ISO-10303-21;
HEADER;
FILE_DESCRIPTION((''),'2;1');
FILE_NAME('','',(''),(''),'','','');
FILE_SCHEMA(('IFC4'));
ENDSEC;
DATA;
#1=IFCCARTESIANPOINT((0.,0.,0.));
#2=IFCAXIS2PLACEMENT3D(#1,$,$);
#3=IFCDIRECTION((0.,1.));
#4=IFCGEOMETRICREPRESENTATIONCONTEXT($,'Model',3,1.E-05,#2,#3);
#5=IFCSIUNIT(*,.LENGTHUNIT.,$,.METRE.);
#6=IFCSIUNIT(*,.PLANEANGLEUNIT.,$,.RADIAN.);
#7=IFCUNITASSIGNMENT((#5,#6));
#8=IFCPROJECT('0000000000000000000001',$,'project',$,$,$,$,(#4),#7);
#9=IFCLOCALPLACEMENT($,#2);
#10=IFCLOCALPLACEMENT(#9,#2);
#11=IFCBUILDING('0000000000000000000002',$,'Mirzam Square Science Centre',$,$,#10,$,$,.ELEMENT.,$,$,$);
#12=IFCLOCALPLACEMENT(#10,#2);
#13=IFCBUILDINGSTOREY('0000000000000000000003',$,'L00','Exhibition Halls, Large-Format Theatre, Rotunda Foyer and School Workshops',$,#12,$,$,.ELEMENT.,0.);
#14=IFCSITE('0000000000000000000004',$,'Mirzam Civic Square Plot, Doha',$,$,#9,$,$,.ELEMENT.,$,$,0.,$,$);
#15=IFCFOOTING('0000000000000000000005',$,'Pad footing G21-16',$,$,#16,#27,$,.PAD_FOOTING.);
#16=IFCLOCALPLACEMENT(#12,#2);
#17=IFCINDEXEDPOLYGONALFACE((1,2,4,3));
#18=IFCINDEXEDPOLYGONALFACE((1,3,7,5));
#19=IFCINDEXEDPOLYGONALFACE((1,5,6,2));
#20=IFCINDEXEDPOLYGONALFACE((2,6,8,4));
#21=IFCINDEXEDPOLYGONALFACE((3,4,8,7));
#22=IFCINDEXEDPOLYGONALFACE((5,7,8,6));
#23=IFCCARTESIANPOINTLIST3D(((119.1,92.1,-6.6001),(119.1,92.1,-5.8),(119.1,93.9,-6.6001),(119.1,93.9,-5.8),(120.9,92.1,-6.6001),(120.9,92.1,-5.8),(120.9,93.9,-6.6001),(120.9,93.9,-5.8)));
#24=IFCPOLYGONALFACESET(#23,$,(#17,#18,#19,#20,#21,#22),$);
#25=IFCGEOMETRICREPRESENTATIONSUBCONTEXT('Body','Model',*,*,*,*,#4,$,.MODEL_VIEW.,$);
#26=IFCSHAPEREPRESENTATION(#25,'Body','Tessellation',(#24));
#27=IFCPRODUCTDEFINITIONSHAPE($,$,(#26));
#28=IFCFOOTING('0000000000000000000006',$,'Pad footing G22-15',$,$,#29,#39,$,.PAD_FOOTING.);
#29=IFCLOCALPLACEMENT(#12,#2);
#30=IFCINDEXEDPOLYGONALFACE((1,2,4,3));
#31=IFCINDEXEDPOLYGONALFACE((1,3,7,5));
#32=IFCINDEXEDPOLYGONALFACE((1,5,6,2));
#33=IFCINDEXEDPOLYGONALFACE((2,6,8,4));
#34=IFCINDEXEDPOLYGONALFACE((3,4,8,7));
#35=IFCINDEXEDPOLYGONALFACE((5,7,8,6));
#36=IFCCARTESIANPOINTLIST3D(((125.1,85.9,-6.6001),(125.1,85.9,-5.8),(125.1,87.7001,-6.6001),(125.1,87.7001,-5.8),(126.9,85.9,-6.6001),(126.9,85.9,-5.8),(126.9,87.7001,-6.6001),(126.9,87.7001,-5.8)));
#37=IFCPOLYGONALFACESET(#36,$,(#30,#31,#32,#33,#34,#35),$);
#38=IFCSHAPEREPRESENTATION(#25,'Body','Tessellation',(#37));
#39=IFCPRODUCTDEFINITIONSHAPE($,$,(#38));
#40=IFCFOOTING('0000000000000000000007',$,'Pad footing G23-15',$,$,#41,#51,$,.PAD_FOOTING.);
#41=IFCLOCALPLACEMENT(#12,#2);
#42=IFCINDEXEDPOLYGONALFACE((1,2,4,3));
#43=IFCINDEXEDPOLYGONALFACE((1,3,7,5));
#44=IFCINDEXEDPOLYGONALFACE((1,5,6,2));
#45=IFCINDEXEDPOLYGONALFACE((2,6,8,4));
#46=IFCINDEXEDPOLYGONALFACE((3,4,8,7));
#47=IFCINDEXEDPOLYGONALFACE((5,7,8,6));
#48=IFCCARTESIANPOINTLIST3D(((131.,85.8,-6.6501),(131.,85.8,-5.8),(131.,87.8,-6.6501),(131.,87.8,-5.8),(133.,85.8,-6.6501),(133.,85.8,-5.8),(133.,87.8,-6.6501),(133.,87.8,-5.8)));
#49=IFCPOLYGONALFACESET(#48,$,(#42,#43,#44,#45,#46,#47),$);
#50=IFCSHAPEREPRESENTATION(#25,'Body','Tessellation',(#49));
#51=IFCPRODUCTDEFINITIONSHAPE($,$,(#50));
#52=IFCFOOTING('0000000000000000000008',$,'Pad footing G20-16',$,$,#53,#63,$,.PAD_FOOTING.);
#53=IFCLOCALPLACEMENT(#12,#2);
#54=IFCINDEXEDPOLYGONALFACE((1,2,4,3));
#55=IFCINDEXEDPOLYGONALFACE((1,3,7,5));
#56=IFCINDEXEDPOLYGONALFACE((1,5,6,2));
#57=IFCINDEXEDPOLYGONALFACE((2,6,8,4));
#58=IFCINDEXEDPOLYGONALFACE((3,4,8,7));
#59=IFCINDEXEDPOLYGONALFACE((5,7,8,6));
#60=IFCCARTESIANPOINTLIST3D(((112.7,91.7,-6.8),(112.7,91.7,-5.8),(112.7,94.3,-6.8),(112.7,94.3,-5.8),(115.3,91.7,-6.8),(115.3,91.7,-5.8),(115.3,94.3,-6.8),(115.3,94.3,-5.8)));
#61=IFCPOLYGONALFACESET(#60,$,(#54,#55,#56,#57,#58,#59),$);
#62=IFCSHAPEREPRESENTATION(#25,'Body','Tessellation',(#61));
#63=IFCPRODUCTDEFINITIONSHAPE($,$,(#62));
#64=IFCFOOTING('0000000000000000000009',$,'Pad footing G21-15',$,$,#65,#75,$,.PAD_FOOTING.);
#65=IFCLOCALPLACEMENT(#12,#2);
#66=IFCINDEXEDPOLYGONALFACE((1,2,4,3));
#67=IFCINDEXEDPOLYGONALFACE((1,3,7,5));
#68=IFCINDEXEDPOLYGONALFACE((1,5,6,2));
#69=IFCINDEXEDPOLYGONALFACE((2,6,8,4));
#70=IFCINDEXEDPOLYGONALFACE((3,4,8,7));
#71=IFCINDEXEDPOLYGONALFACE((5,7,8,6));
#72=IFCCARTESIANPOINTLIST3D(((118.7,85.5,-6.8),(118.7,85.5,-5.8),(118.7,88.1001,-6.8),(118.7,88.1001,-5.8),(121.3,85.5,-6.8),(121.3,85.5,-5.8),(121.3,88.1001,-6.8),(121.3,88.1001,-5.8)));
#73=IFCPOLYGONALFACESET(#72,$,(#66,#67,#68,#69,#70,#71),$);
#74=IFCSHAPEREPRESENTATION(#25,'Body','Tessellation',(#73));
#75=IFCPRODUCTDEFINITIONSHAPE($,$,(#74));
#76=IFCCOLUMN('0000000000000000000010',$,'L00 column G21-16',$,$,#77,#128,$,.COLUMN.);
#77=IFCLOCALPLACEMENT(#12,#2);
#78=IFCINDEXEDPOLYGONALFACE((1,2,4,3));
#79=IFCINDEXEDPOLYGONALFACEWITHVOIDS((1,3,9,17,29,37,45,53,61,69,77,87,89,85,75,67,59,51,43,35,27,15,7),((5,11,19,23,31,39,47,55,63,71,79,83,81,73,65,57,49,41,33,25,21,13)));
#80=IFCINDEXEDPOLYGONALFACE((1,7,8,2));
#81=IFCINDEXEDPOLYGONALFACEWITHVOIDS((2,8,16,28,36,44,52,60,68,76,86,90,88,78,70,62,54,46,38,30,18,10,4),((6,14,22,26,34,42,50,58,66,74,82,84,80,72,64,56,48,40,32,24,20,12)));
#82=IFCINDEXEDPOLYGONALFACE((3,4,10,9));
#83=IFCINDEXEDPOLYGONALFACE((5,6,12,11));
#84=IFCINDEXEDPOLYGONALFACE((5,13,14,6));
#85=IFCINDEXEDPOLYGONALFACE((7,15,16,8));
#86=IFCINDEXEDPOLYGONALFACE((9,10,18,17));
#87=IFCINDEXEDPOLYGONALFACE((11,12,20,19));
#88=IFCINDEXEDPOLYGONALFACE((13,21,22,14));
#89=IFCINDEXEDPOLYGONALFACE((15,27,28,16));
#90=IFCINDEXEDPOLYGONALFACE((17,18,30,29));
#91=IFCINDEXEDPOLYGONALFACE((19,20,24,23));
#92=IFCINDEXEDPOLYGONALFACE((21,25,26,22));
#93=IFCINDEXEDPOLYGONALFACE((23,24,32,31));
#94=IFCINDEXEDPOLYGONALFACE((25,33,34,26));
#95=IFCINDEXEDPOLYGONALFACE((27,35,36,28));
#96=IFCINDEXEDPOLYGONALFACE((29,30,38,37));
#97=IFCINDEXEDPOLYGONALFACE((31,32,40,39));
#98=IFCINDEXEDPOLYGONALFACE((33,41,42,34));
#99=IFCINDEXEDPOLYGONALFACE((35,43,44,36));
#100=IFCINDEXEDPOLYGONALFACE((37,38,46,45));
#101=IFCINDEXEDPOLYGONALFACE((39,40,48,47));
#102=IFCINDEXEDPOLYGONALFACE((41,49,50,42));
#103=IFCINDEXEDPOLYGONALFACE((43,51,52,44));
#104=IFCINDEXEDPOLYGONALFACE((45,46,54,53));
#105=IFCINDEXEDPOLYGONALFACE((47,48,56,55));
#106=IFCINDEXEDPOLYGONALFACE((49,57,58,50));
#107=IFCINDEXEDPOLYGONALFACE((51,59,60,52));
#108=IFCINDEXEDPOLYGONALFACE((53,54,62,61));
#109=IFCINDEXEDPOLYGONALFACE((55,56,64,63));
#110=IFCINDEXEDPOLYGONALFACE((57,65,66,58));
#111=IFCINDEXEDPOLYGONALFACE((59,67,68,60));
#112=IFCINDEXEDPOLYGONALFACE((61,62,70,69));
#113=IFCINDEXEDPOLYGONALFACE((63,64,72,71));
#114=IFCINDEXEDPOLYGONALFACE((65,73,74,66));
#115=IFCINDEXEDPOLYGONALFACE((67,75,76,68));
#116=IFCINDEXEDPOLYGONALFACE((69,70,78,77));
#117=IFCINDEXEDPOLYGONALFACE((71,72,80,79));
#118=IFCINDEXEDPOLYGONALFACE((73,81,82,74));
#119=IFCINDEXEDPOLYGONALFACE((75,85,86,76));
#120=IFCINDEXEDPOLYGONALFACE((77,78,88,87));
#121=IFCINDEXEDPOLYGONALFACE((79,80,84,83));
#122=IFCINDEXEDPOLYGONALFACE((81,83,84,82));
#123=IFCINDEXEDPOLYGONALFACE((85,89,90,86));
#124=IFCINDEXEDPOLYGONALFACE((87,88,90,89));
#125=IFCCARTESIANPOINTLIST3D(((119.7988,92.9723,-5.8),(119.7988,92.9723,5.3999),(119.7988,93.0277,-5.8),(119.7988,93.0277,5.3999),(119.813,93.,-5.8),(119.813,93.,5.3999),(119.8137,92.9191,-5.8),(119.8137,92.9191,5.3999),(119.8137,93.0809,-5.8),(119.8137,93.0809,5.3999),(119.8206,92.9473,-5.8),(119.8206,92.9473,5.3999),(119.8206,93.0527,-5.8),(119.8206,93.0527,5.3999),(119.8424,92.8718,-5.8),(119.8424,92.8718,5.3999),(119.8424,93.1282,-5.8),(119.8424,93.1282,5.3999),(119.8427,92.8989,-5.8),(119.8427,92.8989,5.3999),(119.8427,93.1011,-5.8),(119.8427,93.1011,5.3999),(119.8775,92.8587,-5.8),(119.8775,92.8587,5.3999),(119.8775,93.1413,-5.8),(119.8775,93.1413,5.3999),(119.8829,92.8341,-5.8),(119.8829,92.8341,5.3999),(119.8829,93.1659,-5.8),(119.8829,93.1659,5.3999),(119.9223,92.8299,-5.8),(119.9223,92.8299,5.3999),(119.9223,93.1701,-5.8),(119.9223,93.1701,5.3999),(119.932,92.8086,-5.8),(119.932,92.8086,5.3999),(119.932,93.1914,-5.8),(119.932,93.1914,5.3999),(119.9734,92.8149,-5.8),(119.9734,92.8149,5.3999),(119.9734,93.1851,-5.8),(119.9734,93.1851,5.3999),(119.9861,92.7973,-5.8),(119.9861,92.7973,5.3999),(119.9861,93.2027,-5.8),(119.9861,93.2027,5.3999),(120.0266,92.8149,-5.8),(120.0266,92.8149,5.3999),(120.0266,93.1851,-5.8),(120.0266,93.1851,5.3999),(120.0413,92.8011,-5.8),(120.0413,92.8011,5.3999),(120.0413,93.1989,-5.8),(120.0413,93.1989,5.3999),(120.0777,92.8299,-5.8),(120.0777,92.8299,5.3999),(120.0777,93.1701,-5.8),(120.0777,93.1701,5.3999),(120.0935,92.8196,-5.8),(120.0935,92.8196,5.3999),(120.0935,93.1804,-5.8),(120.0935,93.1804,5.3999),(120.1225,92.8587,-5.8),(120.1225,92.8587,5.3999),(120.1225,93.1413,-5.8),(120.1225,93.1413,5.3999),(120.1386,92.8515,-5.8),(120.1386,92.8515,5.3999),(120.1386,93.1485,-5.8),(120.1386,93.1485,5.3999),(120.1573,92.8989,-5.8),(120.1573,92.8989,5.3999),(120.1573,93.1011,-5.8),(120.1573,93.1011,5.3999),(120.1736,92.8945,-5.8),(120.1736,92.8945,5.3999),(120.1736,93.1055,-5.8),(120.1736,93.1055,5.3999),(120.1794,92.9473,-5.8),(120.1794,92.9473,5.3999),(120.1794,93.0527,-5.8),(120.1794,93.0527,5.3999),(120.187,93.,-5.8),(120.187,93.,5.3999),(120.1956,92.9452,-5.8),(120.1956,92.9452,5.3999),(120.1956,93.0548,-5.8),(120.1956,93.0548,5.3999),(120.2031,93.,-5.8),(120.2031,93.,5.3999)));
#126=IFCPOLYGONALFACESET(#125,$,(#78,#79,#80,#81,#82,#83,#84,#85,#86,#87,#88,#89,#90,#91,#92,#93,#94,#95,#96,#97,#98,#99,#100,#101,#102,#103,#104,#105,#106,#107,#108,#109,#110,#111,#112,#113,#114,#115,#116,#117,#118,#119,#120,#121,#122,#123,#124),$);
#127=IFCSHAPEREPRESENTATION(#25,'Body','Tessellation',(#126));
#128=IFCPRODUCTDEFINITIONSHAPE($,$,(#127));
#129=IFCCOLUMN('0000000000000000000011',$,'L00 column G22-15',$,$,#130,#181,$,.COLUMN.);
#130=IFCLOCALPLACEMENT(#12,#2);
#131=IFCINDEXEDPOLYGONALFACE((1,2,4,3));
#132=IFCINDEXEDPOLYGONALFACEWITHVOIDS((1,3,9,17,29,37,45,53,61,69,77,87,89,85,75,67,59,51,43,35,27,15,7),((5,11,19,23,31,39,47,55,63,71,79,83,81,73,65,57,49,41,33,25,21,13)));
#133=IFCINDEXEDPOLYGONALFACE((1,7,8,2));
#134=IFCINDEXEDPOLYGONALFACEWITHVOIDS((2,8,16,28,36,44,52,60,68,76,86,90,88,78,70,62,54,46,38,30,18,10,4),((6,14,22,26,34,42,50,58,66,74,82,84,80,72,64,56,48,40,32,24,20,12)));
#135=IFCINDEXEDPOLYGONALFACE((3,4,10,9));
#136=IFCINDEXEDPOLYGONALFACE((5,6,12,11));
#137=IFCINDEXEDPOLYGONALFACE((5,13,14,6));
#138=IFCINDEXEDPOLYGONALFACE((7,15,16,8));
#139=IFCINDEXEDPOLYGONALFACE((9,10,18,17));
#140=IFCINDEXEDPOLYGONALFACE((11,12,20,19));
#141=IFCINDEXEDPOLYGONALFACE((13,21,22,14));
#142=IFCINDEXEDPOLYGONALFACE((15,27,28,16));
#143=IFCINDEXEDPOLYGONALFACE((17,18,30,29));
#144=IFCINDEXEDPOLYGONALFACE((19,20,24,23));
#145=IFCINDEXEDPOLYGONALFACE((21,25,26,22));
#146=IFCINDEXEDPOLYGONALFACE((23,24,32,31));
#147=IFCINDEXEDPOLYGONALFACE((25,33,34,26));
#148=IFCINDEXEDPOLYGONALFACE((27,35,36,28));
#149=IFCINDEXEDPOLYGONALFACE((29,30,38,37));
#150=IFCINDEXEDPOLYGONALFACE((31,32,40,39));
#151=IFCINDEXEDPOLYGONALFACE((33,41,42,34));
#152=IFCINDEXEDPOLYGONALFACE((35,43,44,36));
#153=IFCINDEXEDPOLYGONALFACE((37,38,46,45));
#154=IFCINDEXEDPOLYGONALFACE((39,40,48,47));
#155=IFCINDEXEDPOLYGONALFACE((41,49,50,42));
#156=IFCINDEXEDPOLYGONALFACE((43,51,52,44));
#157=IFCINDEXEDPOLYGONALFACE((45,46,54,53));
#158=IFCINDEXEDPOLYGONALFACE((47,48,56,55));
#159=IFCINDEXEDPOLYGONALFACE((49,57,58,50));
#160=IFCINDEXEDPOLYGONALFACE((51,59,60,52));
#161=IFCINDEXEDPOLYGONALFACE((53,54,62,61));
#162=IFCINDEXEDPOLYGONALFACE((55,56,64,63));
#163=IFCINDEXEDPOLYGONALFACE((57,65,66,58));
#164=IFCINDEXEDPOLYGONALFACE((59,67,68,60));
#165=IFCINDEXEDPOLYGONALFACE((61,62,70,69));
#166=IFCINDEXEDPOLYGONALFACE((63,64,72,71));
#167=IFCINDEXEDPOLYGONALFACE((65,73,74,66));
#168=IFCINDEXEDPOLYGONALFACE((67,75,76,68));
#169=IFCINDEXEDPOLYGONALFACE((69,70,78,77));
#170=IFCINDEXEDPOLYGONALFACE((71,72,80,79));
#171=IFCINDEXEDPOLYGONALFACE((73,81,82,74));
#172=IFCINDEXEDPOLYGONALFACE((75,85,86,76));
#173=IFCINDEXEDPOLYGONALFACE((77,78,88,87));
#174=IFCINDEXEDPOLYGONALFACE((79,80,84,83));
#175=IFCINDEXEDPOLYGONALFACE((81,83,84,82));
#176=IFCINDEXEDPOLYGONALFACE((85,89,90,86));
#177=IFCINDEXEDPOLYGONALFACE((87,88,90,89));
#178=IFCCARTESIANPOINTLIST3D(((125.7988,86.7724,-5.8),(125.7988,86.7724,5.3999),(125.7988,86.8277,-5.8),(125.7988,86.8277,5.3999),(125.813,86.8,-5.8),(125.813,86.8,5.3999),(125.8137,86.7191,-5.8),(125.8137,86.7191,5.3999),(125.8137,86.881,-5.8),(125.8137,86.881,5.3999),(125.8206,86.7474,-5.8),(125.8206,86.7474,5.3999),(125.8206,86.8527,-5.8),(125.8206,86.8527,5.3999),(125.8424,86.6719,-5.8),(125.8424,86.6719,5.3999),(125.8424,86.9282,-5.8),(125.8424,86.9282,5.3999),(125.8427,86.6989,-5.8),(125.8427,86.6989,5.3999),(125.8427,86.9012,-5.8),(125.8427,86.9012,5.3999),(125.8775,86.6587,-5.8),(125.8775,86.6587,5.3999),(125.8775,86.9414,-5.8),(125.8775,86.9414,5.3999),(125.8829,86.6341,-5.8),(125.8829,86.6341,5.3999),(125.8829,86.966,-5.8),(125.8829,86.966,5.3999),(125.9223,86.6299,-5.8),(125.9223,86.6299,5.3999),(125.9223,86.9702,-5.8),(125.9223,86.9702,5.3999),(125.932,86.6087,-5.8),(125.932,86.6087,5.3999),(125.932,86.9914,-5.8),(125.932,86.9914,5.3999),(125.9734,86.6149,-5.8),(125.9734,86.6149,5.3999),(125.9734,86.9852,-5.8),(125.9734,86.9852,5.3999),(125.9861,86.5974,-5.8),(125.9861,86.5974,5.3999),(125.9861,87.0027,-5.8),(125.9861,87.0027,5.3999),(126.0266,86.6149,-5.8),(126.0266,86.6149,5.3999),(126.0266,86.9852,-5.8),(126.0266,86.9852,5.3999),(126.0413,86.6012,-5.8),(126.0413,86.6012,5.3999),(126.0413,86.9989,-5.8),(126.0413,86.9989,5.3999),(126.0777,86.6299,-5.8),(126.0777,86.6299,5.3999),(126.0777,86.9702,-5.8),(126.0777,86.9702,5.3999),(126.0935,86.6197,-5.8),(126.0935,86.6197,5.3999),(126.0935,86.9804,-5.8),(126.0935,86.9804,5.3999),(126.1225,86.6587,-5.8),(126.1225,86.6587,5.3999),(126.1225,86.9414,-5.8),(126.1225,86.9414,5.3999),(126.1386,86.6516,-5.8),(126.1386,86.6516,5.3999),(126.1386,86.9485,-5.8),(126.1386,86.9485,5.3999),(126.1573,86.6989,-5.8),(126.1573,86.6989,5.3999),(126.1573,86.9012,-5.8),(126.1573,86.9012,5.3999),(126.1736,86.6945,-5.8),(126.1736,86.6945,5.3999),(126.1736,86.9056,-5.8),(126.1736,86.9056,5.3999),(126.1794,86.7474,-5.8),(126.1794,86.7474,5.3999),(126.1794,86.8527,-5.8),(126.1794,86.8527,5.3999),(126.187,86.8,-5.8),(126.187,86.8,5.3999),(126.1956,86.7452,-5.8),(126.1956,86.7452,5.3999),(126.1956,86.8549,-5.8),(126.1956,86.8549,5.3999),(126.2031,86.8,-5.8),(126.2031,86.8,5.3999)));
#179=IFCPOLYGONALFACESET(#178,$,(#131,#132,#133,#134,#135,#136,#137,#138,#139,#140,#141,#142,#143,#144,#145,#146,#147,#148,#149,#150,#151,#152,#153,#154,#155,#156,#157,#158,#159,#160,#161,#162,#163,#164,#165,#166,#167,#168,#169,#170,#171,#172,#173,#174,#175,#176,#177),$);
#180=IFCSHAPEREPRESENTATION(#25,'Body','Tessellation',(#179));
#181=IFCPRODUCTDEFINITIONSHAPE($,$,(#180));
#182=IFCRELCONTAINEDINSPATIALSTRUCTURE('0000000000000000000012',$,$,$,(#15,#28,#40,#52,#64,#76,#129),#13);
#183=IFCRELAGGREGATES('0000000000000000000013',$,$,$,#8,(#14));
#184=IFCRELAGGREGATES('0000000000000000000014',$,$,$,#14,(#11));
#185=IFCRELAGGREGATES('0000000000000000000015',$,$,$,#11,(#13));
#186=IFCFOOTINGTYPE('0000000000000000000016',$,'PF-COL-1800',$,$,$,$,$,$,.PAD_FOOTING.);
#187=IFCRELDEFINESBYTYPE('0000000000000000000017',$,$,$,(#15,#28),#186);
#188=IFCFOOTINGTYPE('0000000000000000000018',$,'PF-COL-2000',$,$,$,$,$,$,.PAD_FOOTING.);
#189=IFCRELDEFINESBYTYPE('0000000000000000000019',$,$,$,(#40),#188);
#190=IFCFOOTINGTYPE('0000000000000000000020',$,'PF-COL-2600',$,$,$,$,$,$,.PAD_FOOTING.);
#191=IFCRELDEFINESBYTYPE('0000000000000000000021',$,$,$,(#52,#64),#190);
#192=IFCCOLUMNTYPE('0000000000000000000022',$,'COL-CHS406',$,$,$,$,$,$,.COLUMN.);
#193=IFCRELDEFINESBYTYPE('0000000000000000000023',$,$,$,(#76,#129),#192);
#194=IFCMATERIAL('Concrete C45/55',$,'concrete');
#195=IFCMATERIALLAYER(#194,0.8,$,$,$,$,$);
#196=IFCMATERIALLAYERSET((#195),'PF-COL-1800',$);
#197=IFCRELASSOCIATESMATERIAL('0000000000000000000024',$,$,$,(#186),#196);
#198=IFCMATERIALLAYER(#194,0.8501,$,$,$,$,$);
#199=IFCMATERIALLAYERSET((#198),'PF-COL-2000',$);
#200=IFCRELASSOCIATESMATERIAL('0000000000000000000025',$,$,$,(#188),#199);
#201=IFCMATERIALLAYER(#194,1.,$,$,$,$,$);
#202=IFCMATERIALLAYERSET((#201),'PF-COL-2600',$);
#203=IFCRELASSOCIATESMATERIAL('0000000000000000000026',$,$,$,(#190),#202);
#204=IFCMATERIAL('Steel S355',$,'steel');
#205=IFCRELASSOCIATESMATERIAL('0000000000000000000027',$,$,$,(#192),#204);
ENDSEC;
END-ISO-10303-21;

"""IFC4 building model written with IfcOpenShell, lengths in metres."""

from ifc_helpers import new_model, si_unit, direction, frame, origin, origin_2d, place, context, subcontext, project, spatial, rectangle, hollow_circle, extrude, material, layer, layer_set, material_profile, profile_set, type_object, element, save


model = new_model("IFC4")

# Units and contexts
model_context = context("Model", 3, precision=1e-05, world=origin(), true_north=direction((0.0, 1.0)))
body_context = subcontext(model_context, "Body", "Model", "MODEL_VIEW")
ifc_project = project(units=[si_unit("LENGTHUNIT", "METRE"), si_unit("PLANEANGLEUNIT", "RADIAN")], contexts=[model_context])

# Site, building, storey
site_placement = place(None, origin())
site = spatial("IfcSite", under=ifc_project, at=site_placement, Name="Mirzam Civic Square Plot, Doha", CompositionType="ELEMENT", RefElevation=0.0)
building_placement = place(site_placement, origin())
building = spatial("IfcBuilding", under=site, at=building_placement, Name="Mirzam Square Science Centre", CompositionType="ELEMENT")
storey_placement = place(building_placement, origin())
storey = spatial("IfcBuildingStorey", under=building, at=storey_placement, Name="L00", Description="Exhibition Halls, Large-Format Theatre, Rotunda Foyer and School Workshops", CompositionType="ELEMENT", Elevation=0.0)

# Footings
ifc_material_1 = material(Name="Concrete C45/55", Category="concrete")
ifc_layer_1 = layer(ifc_material_1, 0.8)
ifc_layer_set_1 = layer_set([ifc_layer_1], Name="PF-COL-1800")
footing_type_1 = type_object("IfcFootingType", Name="PF-COL-1800", PredefinedType="PAD_FOOTING", material=ifc_layer_set_1)
for number, where, z_axis, x_axis, name in (
    (1, (120.0, 93.0, -6.6001), (0.0, 0.0, 1.0), (1.0, 0.0, 0.0), "Pad footing G21-16"),
    (2, (126.0, 86.8, -6.6001), (0.0, 0.0, 1.0), (1.0, 0.0, 0.0), "Pad footing G22-15"),
):
    element("IfcFooting", number, at=place(storey_placement, frame(where, z_axis=z_axis, x_axis=x_axis)), inside=storey, type_object=footing_type_1, Name=name, PredefinedType="PAD_FOOTING", context=body_context, shape_type="SweptSolid", body=[
        extrude(rectangle(XDim=1.8, YDim=1.8, at=origin_2d()), origin(), (0.0, 0.0, 1.0), 0.8),
    ])
ifc_layer_2 = layer(ifc_material_1, 0.8501)
ifc_layer_set_2 = layer_set([ifc_layer_2], Name="PF-COL-2000")
footing_type_2 = type_object("IfcFootingType", Name="PF-COL-2000", PredefinedType="PAD_FOOTING", material=ifc_layer_set_2)
footing_placement = place(storey_placement, frame((132.0, 86.8, -6.6501), z_axis=(0.0, 0.0, 1.0), x_axis=(1.0, 0.0, 0.0)))
element("IfcFooting", 3, at=footing_placement, inside=storey, type_object=footing_type_2, Name="Pad footing G23-15", PredefinedType="PAD_FOOTING", context=body_context, shape_type="SweptSolid", body=[
    extrude(rectangle(XDim=2.0, YDim=2.0, at=origin_2d()), origin(), (0.0, 0.0, 1.0), 0.8501),
])
ifc_layer_3 = layer(ifc_material_1, 1.0)
ifc_layer_set_3 = layer_set([ifc_layer_3], Name="PF-COL-2600")
footing_type_3 = type_object("IfcFootingType", Name="PF-COL-2600", PredefinedType="PAD_FOOTING", material=ifc_layer_set_3)
for number, where, z_axis, x_axis, name in (
    (4, (114.0, 93.0, -6.8), (0.0, 0.0, 1.0), (1.0, 0.0, 0.0), "Pad footing G20-16"),
    (5, (120.0, 86.8, -6.8), (0.0, 0.0, 1.0), (1.0, 0.0, 0.0), "Pad footing G21-15"),
):
    element("IfcFooting", number, at=place(storey_placement, frame(where, z_axis=z_axis, x_axis=x_axis)), inside=storey, type_object=footing_type_3, Name=name, PredefinedType="PAD_FOOTING", context=body_context, shape_type="SweptSolid", body=[
        extrude(rectangle(XDim=2.6001, YDim=2.6001, at=origin_2d()), origin(), (0.0, 0.0, 1.0), 1.0),
    ])

# Columns
ifc_material_2 = material(Name="Steel S355", Category="steel")
ifc_material_profile_1 = material_profile(ifc_material_2, hollow_circle(Radius=0.2031, WallThickness=0.0161, at=origin_2d()), Name="406.4x16.0CHS")
ifc_profile_set_1 = profile_set([ifc_material_profile_1], Name="Steel S355")
column_type_1 = type_object("IfcColumnType", Name="COL-CHS406", PredefinedType="COLUMN", material=ifc_profile_set_1)
for number, where, z_axis, x_axis, name in (
    (6, (120.0, 93.0, -5.8), (0.0, 0.0, 1.0), (1.0, 0.0, 0.0), "L00 column G21-16"),
    (7, (126.0, 86.8, -5.8), (0.0, 0.0, 1.0), (1.0, 0.0, 0.0), "L00 column G22-15"),
):
    element("IfcColumn", number, at=place(storey_placement, frame(where, z_axis=z_axis, x_axis=x_axis)), inside=storey, type_object=column_type_1, Name=name, PredefinedType="COLUMN", context=body_context, shape_type="SweptSolid", body=[
        extrude(hollow_circle(Radius=0.2031, WallThickness=0.0161, at=origin_2d()), origin(), (0.0, 0.0, 1.0), 11.2),
    ])

save(model, "model.ifc")
